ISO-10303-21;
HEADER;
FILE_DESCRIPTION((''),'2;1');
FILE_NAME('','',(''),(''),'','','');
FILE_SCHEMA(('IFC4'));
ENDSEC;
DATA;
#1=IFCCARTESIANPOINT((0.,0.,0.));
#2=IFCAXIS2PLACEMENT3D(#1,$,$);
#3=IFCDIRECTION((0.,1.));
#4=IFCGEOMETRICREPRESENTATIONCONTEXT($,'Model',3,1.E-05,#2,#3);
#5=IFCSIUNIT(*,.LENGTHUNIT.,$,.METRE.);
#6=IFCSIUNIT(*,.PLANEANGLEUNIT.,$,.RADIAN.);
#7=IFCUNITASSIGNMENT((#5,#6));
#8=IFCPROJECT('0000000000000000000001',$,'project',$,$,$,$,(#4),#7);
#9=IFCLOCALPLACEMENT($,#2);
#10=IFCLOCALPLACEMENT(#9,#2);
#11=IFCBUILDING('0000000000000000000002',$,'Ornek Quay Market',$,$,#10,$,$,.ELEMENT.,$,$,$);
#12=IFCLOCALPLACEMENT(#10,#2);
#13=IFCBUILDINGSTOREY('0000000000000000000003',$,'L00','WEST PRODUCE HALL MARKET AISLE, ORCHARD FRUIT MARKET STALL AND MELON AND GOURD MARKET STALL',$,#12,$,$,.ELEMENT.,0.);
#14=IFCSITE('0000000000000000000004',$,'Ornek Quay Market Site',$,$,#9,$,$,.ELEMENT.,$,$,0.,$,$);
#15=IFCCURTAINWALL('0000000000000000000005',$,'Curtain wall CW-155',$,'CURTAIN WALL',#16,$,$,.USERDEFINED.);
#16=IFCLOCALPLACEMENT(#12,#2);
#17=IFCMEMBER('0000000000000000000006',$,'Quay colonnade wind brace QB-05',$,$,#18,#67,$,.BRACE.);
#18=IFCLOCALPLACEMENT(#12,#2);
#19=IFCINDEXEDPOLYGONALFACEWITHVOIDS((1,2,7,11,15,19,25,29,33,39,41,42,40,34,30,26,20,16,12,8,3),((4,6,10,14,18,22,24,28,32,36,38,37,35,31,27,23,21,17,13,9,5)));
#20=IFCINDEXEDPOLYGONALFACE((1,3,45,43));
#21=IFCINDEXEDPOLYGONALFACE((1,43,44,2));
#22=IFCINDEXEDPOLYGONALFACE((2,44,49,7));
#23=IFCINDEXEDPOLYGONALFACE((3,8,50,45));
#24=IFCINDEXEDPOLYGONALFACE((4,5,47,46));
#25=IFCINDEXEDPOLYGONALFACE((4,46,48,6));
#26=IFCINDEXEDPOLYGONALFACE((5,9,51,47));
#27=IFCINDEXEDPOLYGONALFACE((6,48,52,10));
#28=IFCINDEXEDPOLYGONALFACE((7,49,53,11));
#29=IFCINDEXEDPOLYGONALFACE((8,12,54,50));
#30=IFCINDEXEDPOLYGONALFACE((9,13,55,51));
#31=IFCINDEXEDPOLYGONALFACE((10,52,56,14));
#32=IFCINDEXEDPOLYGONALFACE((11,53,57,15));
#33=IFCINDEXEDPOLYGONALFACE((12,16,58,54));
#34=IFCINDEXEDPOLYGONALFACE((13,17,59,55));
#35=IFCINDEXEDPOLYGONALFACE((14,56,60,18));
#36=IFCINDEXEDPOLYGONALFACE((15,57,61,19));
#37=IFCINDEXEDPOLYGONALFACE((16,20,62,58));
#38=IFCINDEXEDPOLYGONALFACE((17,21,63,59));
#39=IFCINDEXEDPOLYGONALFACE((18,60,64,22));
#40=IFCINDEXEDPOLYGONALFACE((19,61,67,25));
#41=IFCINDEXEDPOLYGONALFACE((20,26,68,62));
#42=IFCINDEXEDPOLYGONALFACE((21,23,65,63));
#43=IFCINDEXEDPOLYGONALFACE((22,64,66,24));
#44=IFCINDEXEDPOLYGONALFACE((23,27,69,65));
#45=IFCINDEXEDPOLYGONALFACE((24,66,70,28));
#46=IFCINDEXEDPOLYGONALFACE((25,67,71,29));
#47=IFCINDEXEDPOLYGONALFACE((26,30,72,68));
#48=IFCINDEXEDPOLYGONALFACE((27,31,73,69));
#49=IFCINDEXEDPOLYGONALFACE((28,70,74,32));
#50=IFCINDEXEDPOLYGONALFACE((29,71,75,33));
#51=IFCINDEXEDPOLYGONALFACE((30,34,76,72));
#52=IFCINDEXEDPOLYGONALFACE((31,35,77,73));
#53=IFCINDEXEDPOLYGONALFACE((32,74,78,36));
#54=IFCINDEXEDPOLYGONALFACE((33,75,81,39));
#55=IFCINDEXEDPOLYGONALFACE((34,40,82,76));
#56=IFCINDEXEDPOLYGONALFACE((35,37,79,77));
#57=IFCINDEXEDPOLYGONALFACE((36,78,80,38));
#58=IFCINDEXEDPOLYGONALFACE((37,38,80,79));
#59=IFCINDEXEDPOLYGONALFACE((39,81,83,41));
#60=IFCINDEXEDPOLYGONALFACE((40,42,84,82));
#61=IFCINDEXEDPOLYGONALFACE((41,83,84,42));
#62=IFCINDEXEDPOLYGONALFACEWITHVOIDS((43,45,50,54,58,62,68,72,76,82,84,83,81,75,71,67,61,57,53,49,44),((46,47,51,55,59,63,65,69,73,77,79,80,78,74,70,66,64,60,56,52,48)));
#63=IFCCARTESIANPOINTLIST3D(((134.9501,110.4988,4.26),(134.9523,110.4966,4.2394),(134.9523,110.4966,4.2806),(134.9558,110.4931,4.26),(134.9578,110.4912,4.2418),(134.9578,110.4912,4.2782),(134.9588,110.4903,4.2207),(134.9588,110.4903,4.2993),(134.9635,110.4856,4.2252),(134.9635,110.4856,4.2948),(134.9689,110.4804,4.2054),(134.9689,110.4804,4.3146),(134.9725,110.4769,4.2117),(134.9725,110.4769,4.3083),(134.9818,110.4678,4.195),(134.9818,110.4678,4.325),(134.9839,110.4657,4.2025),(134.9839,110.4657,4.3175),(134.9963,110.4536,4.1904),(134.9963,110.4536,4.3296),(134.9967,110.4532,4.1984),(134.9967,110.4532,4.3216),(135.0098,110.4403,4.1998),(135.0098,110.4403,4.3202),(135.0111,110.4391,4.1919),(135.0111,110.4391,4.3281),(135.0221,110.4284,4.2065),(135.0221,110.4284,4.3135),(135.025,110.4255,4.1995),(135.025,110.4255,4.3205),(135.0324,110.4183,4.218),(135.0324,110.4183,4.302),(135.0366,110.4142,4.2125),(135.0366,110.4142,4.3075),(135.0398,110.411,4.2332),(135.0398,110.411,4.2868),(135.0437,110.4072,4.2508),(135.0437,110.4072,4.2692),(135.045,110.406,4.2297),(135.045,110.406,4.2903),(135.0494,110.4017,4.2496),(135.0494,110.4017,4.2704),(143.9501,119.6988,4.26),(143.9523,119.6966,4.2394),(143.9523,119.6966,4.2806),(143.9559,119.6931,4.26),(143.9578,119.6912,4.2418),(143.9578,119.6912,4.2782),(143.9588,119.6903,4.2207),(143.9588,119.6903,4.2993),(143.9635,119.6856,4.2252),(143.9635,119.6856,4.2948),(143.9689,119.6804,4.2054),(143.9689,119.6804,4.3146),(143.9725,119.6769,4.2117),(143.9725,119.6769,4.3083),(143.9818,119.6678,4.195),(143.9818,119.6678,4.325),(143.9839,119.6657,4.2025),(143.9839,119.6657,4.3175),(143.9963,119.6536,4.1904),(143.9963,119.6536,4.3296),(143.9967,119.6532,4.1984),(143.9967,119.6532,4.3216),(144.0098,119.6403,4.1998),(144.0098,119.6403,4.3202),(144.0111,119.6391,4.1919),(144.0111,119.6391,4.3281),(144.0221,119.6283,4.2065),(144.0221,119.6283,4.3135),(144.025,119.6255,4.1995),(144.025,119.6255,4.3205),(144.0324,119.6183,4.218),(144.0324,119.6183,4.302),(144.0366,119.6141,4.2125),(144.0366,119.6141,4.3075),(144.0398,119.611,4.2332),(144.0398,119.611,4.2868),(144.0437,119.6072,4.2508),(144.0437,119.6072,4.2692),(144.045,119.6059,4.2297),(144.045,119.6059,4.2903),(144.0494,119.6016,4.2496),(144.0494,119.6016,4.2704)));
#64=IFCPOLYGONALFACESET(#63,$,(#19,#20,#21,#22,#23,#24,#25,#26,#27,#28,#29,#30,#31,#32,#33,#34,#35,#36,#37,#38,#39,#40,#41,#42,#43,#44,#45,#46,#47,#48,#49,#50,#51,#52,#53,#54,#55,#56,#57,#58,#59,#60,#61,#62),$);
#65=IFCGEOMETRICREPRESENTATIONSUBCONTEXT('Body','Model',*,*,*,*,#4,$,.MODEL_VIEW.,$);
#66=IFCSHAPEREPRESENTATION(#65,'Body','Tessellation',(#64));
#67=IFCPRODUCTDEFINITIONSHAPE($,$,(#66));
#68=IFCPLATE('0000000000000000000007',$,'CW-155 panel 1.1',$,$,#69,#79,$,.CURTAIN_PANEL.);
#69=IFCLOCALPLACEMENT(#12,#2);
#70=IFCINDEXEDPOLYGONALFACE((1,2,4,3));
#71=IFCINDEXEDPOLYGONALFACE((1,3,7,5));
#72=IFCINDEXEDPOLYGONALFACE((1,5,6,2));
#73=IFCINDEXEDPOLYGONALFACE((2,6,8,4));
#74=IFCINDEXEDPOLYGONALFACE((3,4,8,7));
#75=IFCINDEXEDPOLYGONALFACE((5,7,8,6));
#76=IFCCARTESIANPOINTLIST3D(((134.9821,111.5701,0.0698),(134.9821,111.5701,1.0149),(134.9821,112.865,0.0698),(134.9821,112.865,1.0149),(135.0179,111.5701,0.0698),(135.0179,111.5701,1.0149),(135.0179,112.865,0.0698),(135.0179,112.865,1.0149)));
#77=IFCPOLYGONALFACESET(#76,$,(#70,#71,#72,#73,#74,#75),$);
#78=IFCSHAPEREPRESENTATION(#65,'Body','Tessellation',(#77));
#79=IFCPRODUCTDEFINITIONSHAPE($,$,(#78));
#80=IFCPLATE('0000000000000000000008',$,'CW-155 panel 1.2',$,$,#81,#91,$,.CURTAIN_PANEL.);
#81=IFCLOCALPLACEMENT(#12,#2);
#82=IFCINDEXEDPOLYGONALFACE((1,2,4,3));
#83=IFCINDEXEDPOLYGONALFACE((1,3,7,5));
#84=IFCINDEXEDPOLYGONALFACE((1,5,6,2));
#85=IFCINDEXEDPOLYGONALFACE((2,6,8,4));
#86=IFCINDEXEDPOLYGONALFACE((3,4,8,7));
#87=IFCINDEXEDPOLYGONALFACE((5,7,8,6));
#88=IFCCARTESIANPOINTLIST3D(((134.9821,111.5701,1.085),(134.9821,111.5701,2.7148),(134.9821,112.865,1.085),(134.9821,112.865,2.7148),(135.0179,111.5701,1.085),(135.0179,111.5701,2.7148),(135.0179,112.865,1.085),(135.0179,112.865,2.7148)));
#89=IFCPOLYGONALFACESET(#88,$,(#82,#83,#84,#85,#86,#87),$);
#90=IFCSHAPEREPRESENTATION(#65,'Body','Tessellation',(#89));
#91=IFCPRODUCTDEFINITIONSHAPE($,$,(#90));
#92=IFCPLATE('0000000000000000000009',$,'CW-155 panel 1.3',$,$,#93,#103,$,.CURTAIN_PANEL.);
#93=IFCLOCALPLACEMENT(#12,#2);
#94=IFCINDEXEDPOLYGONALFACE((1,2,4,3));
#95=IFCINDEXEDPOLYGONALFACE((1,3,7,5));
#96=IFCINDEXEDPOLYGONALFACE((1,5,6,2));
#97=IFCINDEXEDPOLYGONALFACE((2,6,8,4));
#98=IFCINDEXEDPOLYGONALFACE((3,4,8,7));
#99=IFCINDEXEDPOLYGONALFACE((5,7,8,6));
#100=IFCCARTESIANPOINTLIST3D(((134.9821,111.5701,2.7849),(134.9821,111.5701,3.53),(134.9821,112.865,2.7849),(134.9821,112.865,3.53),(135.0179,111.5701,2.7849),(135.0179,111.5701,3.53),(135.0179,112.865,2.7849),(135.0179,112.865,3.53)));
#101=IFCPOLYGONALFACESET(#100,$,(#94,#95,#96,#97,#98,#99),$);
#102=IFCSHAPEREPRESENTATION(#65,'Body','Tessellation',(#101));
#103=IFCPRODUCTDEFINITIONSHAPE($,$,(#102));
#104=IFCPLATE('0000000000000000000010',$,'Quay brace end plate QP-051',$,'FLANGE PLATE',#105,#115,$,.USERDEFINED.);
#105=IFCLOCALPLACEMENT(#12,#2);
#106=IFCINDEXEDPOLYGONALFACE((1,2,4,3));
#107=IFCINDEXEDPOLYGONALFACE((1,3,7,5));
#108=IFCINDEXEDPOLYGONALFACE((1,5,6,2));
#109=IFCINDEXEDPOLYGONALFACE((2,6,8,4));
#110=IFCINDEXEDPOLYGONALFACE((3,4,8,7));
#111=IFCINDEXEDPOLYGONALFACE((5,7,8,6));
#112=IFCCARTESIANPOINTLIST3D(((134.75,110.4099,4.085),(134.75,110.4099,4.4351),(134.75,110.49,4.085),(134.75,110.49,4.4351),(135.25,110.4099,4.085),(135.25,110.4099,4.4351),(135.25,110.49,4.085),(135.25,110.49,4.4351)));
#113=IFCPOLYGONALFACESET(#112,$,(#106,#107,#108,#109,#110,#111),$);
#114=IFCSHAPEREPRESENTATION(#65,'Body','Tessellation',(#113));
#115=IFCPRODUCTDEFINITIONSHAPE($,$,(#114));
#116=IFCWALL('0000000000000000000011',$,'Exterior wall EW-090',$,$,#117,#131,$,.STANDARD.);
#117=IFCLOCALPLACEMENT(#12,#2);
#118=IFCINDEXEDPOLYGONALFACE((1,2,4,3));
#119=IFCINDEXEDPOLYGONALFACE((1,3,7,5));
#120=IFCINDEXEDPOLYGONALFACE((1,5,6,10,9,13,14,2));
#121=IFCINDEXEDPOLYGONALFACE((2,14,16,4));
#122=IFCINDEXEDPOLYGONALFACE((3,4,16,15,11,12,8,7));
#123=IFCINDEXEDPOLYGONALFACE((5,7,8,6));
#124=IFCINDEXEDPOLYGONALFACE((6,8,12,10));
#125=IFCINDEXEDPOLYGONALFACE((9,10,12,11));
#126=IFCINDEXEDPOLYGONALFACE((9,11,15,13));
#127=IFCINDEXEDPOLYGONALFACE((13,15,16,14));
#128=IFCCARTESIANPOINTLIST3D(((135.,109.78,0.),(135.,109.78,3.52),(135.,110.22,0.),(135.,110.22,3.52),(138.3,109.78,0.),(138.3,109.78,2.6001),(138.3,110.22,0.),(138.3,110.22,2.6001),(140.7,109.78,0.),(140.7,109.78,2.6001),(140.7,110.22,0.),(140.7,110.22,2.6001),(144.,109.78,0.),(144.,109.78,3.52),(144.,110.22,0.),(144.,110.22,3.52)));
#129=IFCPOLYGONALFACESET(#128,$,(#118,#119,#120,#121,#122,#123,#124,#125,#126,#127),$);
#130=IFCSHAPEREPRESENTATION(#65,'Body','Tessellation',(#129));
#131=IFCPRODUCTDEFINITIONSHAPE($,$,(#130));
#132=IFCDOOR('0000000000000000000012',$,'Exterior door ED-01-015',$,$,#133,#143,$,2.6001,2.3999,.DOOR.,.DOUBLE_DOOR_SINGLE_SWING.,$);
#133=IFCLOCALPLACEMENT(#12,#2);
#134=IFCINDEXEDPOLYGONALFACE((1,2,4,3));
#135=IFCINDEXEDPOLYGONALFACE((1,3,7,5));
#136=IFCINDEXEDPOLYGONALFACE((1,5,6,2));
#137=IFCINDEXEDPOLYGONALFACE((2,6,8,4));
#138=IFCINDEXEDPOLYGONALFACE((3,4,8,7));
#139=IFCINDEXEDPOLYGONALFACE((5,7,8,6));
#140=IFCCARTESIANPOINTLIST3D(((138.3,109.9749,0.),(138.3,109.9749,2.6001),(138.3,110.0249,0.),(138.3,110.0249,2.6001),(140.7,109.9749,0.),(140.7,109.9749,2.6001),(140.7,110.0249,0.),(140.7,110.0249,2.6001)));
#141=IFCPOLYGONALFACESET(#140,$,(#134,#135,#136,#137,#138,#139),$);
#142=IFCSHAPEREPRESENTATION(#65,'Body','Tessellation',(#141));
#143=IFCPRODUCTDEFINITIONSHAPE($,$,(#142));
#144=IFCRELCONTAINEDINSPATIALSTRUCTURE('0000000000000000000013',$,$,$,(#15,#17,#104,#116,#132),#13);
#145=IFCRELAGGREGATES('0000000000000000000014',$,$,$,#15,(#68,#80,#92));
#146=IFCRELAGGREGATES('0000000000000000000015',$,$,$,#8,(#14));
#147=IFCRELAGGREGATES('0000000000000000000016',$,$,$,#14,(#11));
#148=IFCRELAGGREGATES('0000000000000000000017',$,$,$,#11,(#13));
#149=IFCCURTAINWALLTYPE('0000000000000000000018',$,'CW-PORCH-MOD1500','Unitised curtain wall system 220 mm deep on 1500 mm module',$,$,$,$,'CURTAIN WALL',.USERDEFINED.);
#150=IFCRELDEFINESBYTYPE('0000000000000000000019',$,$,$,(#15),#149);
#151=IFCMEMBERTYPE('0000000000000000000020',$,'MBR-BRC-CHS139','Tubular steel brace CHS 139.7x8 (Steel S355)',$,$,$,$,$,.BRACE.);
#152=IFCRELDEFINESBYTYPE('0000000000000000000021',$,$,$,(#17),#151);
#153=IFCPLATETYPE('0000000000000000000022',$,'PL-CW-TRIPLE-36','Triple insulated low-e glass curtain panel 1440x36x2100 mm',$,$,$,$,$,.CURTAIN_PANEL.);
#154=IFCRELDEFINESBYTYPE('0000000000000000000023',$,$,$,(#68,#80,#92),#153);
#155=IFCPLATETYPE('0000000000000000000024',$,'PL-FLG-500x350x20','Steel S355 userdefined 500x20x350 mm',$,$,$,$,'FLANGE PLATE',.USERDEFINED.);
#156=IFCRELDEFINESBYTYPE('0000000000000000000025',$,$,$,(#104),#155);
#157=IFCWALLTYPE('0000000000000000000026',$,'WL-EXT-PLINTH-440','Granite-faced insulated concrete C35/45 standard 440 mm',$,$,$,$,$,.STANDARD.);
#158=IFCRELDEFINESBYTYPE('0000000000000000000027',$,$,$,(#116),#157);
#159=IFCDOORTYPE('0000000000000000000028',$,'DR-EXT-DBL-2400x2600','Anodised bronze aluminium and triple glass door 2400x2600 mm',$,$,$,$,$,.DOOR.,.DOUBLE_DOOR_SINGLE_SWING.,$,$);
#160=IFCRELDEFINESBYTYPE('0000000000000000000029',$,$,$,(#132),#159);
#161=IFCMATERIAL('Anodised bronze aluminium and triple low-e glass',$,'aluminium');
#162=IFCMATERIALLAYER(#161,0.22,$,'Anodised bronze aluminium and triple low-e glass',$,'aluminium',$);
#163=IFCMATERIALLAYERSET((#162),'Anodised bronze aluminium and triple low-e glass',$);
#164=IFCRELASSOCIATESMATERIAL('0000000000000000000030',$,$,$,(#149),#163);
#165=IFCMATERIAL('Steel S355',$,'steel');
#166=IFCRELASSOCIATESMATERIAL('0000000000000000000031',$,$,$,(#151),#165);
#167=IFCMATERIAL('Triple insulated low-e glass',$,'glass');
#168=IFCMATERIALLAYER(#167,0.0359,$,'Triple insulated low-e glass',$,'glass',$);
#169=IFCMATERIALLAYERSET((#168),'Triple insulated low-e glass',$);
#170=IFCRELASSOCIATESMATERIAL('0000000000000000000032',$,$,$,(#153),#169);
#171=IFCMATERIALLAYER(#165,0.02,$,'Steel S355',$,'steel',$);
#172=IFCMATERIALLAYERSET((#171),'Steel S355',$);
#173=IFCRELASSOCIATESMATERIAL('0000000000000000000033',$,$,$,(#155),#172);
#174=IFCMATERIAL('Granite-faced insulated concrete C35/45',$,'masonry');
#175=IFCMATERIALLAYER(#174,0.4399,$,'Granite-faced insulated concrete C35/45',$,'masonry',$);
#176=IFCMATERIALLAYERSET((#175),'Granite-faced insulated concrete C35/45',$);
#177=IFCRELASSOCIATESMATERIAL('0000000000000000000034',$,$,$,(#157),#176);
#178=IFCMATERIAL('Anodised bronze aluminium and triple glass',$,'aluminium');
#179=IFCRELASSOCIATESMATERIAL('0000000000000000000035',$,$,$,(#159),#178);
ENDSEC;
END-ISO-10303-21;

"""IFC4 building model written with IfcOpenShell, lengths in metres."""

from ifc_helpers import new_model, si_unit, direction, frame, frame_2d, origin, origin_2d, place, context, subcontext, project, spatial, rectangle, hollow_circle, extrude, material, layer, layer_set, material_profile, profile_set, type_object, element, fill, aggregate, save


model = new_model("IFC4")

# Units and contexts
model_context = context("Model", 3, precision=1e-05, world=origin(), true_north=direction((0.0, 1.0)))
body_context = subcontext(model_context, "Body", "Model", "MODEL_VIEW")
ifc_project = project(units=[si_unit("LENGTHUNIT", "METRE"), si_unit("PLANEANGLEUNIT", "RADIAN")], contexts=[model_context])

# Site, building, storey
site_placement = place(None, origin())
site = spatial("IfcSite", under=ifc_project, at=site_placement, Name="Ornek Quay Market Site", CompositionType="ELEMENT", RefElevation=0.0)
building_placement = place(site_placement, origin())
building = spatial("IfcBuilding", under=site, at=building_placement, Name="Ornek Quay Market", CompositionType="ELEMENT")
storey_placement = place(building_placement, origin())
storey = spatial("IfcBuildingStorey", under=building, at=storey_placement, Name="L00", Description="WEST PRODUCE HALL MARKET AISLE, ORCHARD FRUIT MARKET STALL AND MELON AND GOURD MARKET STALL", CompositionType="ELEMENT", Elevation=0.0)

# Shared definitions
ifc_material_1 = material(Name="Steel S355", Category="steel")

# Curtain wall
ifc_material_2 = material(Name="Anodised bronze aluminium and triple low-e glass", Category="aluminium")
ifc_layer_1 = layer(ifc_material_2, 0.22, Name="Anodised bronze aluminium and triple low-e glass", Category="aluminium")
ifc_layer_set_1 = layer_set([ifc_layer_1], Name="Anodised bronze aluminium and triple low-e glass")
curtain_wall_type = type_object("IfcCurtainWallType", Name="CW-PORCH-MOD1500", Description="Unitised curtain wall system 220 mm deep on 1500 mm module", ElementType="CURTAIN WALL", PredefinedType="USERDEFINED", material=ifc_layer_set_1)
curtain_wall_placement = place(storey_placement, origin())
curtain_wall = element("IfcCurtainWall", 1, at=curtain_wall_placement, inside=storey, type_object=curtain_wall_type, Name="Curtain wall CW-155", ObjectType="CURTAIN WALL", PredefinedType="USERDEFINED")

# Member
ifc_material_profile_1 = material_profile(ifc_material_1, hollow_circle(Radius=0.0698, WallThickness=0.0081, at=origin_2d()), Name="CHS 139.7x8", Category="steel")
ifc_profile_set_1 = profile_set([ifc_material_profile_1], Name="Steel S355")
member_type_1 = type_object("IfcMemberType", Name="MBR-BRC-CHS139", Description="Tubular steel brace CHS 139.7x8 (Steel S355)", PredefinedType="BRACE", material=ifc_profile_set_1)
member_1_placement = place(storey_placement, frame((135.0, 110.45, 4.26), z_axis=(0.699296, 0.714832, 0.0), x_axis=(-0.714832, 0.699296, 0.0)))
element("IfcMember", 2, at=member_1_placement, inside=storey, type_object=member_type_1, Name="Quay colonnade wind brace QB-05", PredefinedType="BRACE", context=body_context, shape_type="SweptSolid", body=[
    extrude(hollow_circle(Radius=0.0698, WallThickness=0.0081, at=origin_2d()), origin(), (0.0, 0.0, 1.0), 12.8701),
])

# Plates
ifc_material_3 = material(Name="Triple insulated low-e glass", Category="glass")
ifc_layer_2 = layer(ifc_material_3, 0.0359, Name="Triple insulated low-e glass", Category="glass")
ifc_layer_set_2 = layer_set([ifc_layer_2], Name="Triple insulated low-e glass")
plate_type_1 = type_object("IfcPlateType", Name="PL-CW-TRIPLE-36", Description="Triple insulated low-e glass curtain panel 1440x36x2100 mm", PredefinedType="CURTAIN_PANEL", material=ifc_layer_set_2)
plate_1_placement = place(storey_placement, frame((135.0, 112.2175, 0.0698), z_axis=(0.0, 0.0, 1.0), x_axis=(0.0, 1.0, 0.0)))
plate_1 = element("IfcPlate", 3, at=plate_1_placement, type_object=plate_type_1, Name="CW-155 panel 1.1", PredefinedType="CURTAIN_PANEL", context=body_context, shape_type="SweptSolid", body=[
    extrude(rectangle(XDim=1.2949, YDim=0.0359, at=origin_2d()), origin(), (0.0, 0.0, 1.0), 0.9451),
])
plate_2_placement = place(storey_placement, frame((135.0, 112.2175, 1.085), z_axis=(0.0, 0.0, 1.0), x_axis=(0.0, 1.0, 0.0)))
plate_2 = element("IfcPlate", 4, at=plate_2_placement, type_object=plate_type_1, Name="CW-155 panel 1.2", PredefinedType="CURTAIN_PANEL", context=body_context, shape_type="SweptSolid", body=[
    extrude(rectangle(XDim=1.2949, YDim=0.0359, at=origin_2d()), origin(), (0.0, 0.0, 1.0), 1.6299),
])
plate_3_placement = place(storey_placement, frame((135.0, 112.2175, 2.7849), z_axis=(0.0, 0.0, 1.0), x_axis=(0.0, 1.0, 0.0)))
plate_3 = element("IfcPlate", 5, at=plate_3_placement, type_object=plate_type_1, Name="CW-155 panel 1.3", PredefinedType="CURTAIN_PANEL", context=body_context, shape_type="SweptSolid", body=[
    extrude(rectangle(XDim=1.2949, YDim=0.0359, at=origin_2d()), origin(), (0.0, 0.0, 1.0), 0.7451),
])
aggregate(curtain_wall, [plate_1, plate_2, plate_3])
ifc_layer_3 = layer(ifc_material_1, 0.02, Name="Steel S355", Category="steel")
ifc_layer_set_3 = layer_set([ifc_layer_3], Name="Steel S355")
plate_type_2 = type_object("IfcPlateType", Name="PL-FLG-500x350x20", Description="Steel S355 userdefined 500x20x350 mm", ElementType="FLANGE PLATE", PredefinedType="USERDEFINED", material=ifc_layer_set_3)
plate_4_placement = place(storey_placement, frame((135.0, 110.45, 4.085), z_axis=(0.0, 0.0, 1.0), x_axis=(1.0, 0.0, 0.0)))
element("IfcPlate", 6, at=plate_4_placement, inside=storey, type_object=plate_type_2, Name="Quay brace end plate QP-051", ObjectType="FLANGE PLATE", PredefinedType="USERDEFINED", context=body_context, shape_type="SweptSolid", body=[
    extrude(rectangle(XDim=0.5, YDim=0.0801, at=origin_2d()), origin(), (0.0, 0.0, 1.0), 0.3501),
])

# Wall, opening, door
ifc_material_4 = material(Name="Granite-faced insulated concrete C35/45", Category="masonry")
ifc_layer_4 = layer(ifc_material_4, 0.4399, Name="Granite-faced insulated concrete C35/45", Category="masonry")
ifc_layer_set_4 = layer_set([ifc_layer_4], Name="Granite-faced insulated concrete C35/45")
wall_type = type_object("IfcWallType", Name="WL-EXT-PLINTH-440", Description="Granite-faced insulated concrete C35/45 standard 440 mm", PredefinedType="STANDARD", material=ifc_layer_set_4)
wall_placement = place(storey_placement, frame((135.0, 110.0, 0.0), z_axis=(0.0, 0.0, 1.0), x_axis=(1.0, 0.0, 0.0)))
wall = element("IfcWall", 7, at=wall_placement, inside=storey, type_object=wall_type, Name="Exterior wall EW-090", PredefinedType="STANDARD", context=body_context, shape_type="SweptSolid", body=[
    extrude(rectangle(XDim=9.0, YDim=0.4399, at=frame_2d((4.5, 0.0))), origin(), (0.0, 0.0, 1.0), 3.52),
])
opening_placement = place(wall_placement, frame((3.3, 0.0, 0.0)))
opening = element("IfcOpeningElement", 8, at=opening_placement, cuts=wall, PredefinedType="OPENING", context=body_context, shape_type="SweptSolid", body=[
    extrude(rectangle(XDim=2.3999, YDim=2.6001, at=frame_2d((1.2, 1.3))), frame((0.0, 0.23, 0.0), z_axis=(0.0, -1.0, 0.0), x_axis=(1.0, 0.0, 0.0)), (0.0, 0.0, 1.0), 0.46),
])
ifc_material_5 = material(Name="Anodised bronze aluminium and triple glass", Category="aluminium")
door_type = type_object("IfcDoorType", Name="DR-EXT-DBL-2400x2600", Description="Anodised bronze aluminium and triple glass door 2400x2600 mm", OperationType="DOUBLE_DOOR_SINGLE_SWING", PredefinedType="DOOR", material=ifc_material_5)
door_placement = place(opening_placement, origin())
door = element("IfcDoor", 9, at=door_placement, inside=storey, type_object=door_type, Name="Exterior door ED-01-015", OperationType="DOUBLE_DOOR_SINGLE_SWING", OverallHeight=2.6001, OverallWidth=2.3999, PredefinedType="DOOR", context=body_context, shape_type="SweptSolid", body=[
    extrude(rectangle(XDim=2.3999, YDim=2.6001, at=frame_2d((1.2, 1.3))), frame((0.0, 0.0249, 0.0), z_axis=(0.0, -1.0, 0.0), x_axis=(1.0, 0.0, 0.0)), (0.0, 0.0, 1.0), 0.05),
])
fill(opening, door)

save(model, "model.ifc")
